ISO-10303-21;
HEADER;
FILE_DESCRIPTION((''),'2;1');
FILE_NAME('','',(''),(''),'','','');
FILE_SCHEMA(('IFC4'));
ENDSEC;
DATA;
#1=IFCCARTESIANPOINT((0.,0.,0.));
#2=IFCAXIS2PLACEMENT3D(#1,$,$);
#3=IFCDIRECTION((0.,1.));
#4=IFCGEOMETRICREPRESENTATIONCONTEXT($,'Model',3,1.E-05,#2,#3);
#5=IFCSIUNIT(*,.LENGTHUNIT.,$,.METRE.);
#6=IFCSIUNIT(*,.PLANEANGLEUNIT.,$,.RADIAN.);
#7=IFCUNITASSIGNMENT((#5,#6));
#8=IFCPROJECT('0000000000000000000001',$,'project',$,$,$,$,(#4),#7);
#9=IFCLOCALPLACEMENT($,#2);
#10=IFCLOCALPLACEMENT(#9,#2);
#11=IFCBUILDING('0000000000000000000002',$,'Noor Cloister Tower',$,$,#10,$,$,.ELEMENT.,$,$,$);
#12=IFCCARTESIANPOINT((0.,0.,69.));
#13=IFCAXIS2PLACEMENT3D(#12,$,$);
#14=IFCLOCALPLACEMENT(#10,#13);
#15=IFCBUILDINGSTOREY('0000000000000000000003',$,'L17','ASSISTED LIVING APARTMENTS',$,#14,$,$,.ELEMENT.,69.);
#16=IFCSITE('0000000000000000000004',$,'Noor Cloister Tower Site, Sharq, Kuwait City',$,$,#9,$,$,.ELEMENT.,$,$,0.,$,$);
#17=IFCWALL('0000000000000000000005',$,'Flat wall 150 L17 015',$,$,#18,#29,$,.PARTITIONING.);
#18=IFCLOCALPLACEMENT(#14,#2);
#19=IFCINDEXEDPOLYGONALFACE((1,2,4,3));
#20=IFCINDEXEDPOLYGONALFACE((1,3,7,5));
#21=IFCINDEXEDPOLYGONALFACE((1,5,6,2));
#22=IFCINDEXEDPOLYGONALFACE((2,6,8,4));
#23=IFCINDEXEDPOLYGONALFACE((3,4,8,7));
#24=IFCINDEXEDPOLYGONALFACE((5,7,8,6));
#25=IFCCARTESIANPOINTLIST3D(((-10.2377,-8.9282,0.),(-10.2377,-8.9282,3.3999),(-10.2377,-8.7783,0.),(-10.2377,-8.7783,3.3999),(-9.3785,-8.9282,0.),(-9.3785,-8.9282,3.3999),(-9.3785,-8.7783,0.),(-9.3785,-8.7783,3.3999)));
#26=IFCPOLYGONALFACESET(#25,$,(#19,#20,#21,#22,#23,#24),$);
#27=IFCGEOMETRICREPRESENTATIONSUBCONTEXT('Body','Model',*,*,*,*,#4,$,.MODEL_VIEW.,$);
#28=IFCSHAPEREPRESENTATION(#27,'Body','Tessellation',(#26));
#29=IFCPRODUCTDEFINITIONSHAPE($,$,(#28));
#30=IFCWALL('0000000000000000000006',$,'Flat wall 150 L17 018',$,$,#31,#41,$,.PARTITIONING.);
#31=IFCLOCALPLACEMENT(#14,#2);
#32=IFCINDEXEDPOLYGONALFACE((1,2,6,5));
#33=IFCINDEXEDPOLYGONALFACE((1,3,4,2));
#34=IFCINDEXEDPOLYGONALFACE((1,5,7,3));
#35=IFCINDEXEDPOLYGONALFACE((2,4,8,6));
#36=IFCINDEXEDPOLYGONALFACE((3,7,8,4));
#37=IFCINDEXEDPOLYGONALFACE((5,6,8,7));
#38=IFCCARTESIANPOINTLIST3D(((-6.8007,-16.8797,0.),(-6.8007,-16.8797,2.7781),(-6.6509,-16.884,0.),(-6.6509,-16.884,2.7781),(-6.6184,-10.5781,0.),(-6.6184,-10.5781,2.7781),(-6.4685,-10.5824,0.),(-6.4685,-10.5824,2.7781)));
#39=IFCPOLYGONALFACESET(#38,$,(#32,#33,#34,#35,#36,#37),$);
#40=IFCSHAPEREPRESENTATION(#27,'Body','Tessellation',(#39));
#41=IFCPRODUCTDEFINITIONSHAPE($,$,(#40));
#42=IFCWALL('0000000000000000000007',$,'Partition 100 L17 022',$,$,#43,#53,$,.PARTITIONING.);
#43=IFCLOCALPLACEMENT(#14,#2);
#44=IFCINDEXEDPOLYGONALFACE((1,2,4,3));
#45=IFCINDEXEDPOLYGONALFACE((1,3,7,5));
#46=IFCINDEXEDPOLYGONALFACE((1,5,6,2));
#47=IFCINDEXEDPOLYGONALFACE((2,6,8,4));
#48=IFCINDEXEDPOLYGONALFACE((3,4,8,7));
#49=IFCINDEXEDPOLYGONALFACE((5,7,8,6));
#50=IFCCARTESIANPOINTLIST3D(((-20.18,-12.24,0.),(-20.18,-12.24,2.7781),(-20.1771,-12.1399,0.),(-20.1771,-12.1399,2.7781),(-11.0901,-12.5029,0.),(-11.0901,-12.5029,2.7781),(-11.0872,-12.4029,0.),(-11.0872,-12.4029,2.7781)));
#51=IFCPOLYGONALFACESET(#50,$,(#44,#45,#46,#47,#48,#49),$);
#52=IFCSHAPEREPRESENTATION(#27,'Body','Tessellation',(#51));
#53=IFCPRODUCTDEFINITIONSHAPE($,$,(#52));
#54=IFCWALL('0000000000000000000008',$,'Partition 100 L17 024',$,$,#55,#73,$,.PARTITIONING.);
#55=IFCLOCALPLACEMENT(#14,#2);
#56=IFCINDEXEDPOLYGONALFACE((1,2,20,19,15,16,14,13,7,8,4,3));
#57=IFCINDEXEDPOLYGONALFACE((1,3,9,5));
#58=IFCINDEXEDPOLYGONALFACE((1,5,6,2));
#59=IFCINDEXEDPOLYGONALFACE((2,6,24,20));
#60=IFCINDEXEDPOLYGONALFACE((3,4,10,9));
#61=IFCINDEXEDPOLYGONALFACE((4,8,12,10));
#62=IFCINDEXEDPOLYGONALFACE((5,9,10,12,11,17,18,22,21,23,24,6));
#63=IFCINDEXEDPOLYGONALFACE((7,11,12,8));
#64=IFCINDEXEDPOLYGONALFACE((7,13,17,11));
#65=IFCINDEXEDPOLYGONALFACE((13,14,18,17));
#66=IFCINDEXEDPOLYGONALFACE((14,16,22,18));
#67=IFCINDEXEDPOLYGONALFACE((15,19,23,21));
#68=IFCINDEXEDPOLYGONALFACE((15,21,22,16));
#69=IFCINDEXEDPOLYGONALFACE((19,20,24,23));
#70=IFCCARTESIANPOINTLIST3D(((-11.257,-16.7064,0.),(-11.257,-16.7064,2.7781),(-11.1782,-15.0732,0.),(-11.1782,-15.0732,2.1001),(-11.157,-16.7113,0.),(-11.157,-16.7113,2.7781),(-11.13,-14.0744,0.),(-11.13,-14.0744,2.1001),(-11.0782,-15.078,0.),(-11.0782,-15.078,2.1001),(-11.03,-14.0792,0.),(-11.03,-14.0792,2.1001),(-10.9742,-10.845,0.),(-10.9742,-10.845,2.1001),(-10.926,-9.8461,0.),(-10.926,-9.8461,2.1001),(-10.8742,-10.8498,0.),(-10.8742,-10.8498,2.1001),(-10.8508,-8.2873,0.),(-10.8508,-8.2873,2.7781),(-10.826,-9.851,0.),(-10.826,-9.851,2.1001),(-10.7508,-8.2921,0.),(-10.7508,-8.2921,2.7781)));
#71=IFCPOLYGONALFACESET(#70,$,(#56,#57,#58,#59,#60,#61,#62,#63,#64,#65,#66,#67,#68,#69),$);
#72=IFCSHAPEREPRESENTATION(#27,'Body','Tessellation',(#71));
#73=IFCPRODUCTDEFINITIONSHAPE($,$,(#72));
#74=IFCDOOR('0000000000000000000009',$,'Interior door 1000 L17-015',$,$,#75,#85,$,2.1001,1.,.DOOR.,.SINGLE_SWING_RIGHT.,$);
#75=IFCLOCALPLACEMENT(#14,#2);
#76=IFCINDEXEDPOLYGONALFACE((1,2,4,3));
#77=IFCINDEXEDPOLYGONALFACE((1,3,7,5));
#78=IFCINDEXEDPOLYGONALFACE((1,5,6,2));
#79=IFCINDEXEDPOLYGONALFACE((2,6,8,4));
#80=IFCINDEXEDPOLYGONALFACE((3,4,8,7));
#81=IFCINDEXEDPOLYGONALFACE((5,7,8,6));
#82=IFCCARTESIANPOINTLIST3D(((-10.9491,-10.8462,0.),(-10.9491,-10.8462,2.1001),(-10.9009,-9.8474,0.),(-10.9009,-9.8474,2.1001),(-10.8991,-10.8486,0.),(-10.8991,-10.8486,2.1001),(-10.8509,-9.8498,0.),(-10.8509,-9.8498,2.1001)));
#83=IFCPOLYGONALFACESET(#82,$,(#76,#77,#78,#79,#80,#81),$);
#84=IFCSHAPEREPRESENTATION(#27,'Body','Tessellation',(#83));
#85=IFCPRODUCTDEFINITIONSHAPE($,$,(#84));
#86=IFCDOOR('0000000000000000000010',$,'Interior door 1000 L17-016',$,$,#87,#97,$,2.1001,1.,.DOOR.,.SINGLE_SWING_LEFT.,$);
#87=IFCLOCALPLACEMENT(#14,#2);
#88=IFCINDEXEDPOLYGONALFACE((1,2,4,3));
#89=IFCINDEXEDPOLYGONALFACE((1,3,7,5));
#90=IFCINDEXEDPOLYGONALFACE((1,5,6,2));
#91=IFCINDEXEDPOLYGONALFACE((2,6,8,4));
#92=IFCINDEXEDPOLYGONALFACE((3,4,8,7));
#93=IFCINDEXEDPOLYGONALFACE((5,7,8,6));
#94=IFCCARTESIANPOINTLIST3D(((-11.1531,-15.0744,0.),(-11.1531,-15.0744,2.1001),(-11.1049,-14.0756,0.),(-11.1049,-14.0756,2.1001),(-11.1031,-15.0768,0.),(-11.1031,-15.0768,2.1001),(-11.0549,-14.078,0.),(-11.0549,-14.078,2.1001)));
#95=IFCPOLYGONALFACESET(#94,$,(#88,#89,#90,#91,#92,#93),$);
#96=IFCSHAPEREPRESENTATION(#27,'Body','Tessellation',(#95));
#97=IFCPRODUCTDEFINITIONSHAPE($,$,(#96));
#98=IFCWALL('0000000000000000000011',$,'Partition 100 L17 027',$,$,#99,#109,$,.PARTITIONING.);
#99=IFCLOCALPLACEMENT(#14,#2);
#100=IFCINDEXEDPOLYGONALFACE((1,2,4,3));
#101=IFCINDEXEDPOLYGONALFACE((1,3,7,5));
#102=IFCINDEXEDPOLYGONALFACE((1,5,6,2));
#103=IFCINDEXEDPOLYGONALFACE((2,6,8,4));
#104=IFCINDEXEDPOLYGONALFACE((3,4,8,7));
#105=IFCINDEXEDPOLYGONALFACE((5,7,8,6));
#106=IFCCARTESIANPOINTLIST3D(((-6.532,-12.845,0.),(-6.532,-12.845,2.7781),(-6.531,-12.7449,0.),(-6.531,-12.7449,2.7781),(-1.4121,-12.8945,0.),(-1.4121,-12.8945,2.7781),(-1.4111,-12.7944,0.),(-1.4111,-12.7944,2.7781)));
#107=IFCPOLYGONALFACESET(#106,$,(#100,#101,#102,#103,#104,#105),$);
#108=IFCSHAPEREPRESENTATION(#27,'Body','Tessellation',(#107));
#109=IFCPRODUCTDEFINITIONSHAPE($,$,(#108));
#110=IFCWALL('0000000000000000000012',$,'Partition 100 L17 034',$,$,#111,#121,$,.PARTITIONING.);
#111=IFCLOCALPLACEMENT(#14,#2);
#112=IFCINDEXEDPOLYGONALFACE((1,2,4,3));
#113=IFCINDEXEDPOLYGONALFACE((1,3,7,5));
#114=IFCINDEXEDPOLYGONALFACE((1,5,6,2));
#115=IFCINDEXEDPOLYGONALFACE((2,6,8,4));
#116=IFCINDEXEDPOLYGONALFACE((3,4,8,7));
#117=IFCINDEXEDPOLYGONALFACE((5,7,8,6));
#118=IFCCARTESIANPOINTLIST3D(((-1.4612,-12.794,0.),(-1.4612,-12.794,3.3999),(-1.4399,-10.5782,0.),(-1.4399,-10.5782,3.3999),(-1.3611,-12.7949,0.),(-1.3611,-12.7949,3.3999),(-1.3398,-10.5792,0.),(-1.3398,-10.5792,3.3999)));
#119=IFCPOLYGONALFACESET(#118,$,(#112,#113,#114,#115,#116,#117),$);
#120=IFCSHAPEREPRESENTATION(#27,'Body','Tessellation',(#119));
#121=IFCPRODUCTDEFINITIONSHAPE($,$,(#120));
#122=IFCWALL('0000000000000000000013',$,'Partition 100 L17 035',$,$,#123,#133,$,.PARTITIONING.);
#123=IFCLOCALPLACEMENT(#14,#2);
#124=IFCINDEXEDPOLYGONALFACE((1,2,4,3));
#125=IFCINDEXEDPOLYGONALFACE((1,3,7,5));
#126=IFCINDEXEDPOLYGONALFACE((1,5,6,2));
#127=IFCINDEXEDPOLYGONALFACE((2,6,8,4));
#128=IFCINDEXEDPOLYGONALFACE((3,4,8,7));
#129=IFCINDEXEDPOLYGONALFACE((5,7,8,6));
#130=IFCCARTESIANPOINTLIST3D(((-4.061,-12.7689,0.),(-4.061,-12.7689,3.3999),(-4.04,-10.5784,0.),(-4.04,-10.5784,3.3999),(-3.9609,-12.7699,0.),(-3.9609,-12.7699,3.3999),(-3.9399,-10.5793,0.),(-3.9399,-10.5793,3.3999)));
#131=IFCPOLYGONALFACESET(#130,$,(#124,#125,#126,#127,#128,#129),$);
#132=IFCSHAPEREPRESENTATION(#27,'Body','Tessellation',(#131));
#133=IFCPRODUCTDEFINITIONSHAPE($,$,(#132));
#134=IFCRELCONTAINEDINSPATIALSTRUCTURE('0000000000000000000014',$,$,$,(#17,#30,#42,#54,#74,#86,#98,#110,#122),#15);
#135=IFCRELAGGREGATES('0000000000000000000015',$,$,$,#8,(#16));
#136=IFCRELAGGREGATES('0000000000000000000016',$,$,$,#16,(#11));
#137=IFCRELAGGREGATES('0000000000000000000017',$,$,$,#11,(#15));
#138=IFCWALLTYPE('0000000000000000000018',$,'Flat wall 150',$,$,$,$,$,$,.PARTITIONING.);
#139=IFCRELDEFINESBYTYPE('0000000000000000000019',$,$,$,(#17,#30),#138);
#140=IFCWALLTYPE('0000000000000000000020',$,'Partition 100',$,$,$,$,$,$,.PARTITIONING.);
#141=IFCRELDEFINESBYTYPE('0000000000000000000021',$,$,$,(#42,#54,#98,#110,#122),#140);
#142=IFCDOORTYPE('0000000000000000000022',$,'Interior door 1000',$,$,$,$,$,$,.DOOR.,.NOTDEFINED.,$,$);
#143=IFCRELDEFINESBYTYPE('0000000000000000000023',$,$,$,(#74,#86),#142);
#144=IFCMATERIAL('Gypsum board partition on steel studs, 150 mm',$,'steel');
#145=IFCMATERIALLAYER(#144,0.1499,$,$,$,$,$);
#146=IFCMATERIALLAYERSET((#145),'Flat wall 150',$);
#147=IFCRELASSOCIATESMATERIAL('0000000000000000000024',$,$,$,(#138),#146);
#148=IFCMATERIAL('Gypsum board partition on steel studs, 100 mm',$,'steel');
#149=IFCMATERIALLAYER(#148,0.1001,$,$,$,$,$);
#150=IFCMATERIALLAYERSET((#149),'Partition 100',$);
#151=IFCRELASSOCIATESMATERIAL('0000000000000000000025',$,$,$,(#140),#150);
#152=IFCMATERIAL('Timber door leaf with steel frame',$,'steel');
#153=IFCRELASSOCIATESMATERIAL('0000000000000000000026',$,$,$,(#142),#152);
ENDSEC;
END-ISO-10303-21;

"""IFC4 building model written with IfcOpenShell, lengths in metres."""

from ifc_helpers import new_model, si_unit, direction, frame, frame_2d, origin, place, context, subcontext, project, spatial, rectangle, extrude, material, layer, layer_set, type_object, element, fill, save


model = new_model("IFC4")

# Units and contexts
model_context = context("Model", 3, precision=1e-05, world=origin(), true_north=direction((0.0, 1.0)))
body_context = subcontext(model_context, "Body", "Model", "MODEL_VIEW")
ifc_project = project(units=[si_unit("LENGTHUNIT", "METRE"), si_unit("PLANEANGLEUNIT", "RADIAN")], contexts=[model_context])

# Site, building, storey
site_placement = place(None, origin())
site = spatial("IfcSite", under=ifc_project, at=site_placement, Name="Noor Cloister Tower Site, Sharq, Kuwait City", CompositionType="ELEMENT", RefElevation=0.0)
building_placement = place(site_placement, origin())
building = spatial("IfcBuilding", under=site, at=building_placement, Name="Noor Cloister Tower", CompositionType="ELEMENT")
storey_placement = place(building_placement, frame((0.0, 0.0, 69.0)))
storey = spatial("IfcBuildingStorey", under=building, at=storey_placement, Name="L17", Description="ASSISTED LIVING APARTMENTS", CompositionType="ELEMENT", Elevation=69.0)

# Walls
ifc_material_1 = material(Name="Gypsum board partition on steel studs, 150 mm", Category="steel")
ifc_layer_1 = layer(ifc_material_1, 0.1499)
ifc_layer_set_1 = layer_set([ifc_layer_1], Name="Flat wall 150")
wall_type_1 = type_object("IfcWallType", Name="Flat wall 150", PredefinedType="PARTITIONING", material=ifc_layer_set_1)
wall_1_placement = place(storey_placement, frame((-10.2378, -8.8533, 0.0), z_axis=(0.0, 0.0, 1.0), x_axis=(1.0, 0.0, 0.0)))
element("IfcWall", 1, at=wall_1_placement, inside=storey, type_object=wall_type_1, Name="Flat wall 150 L17 015", PredefinedType="PARTITIONING", context=body_context, shape_type="SweptSolid", body=[
    extrude(rectangle(XDim=0.8591, YDim=0.1499, at=frame_2d((0.4297, 0.0))), origin(), (0.0, 0.0, 1.0), 3.3999),
])
wall_2_placement = place(storey_placement, frame((-6.7258, -16.8818, 0.0), z_axis=(0.0, 0.0, 1.0), x_axis=(0.028929, 0.999581, 0.0)))
element("IfcWall", 2, at=wall_2_placement, inside=storey, type_object=wall_type_1, Name="Flat wall 150 L17 018", PredefinedType="PARTITIONING", context=body_context, shape_type="SweptSolid", body=[
    extrude(rectangle(XDim=6.3042, YDim=0.1499, at=frame_2d((3.1521, 0.0))), origin(), (0.0, 0.0, 1.0), 2.7781),
])
ifc_material_2 = material(Name="Gypsum board partition on steel studs, 100 mm", Category="steel")
ifc_layer_2 = layer(ifc_material_2, 0.1001)
ifc_layer_set_2 = layer_set([ifc_layer_2], Name="Partition 100")
wall_type_2 = type_object("IfcWallType", Name="Partition 100", PredefinedType="PARTITIONING", material=ifc_layer_set_2)
wall_3_placement = place(storey_placement, frame((-11.0886, -12.4529, 0.0), z_axis=(0.0, 0.0, 1.0), x_axis=(-0.999582, 0.028915, 0.0)))
element("IfcWall", 3, at=wall_3_placement, inside=storey, type_object=wall_type_2, Name="Partition 100 L17 022", PredefinedType="PARTITIONING", context=body_context, shape_type="SweptSolid", body=[
    extrude(rectangle(XDim=9.0938, YDim=0.1001, at=frame_2d((4.5469, 0.0))), origin(), (0.0, 0.0, 1.0), 2.7781),
])

# Wall, openings, doors
wall_4_placement = place(storey_placement, frame((-11.207, -16.7087, 0.0), z_axis=(0.0, 0.0, 1.0), x_axis=(0.048197, 0.998838, 0.0)))
wall_4 = element("IfcWall", 4, at=wall_4_placement, inside=storey, type_object=wall_type_2, Name="Partition 100 L17 024", PredefinedType="PARTITIONING", context=body_context, shape_type="SweptSolid", body=[
    extrude(rectangle(XDim=8.429, YDim=0.1001, at=frame_2d((4.2144, 0.0))), origin(), (0.0, 0.0, 1.0), 2.7781),
])
opening_1_placement = place(wall_4_placement, frame((5.8682, 0.0, 0.0)))
opening_1 = element("IfcOpeningElement", 5, at=opening_1_placement, cuts=wall_4, PredefinedType="OPENING", context=body_context, shape_type="SweptSolid", body=[
    extrude(rectangle(XDim=1.0, YDim=2.1001, at=frame_2d((0.5, 1.05))), frame((0.0, 0.0601, 0.0), z_axis=(0.0, -1.0, 0.0), x_axis=(1.0, 0.0, 0.0)), (0.0, 0.0, 1.0), 0.1201),
])
opening_2_placement = place(wall_4_placement, frame((1.635, 0.0, 0.0)))
opening_2 = element("IfcOpeningElement", 6, at=opening_2_placement, cuts=wall_4, PredefinedType="OPENING", context=body_context, shape_type="SweptSolid", body=[
    extrude(rectangle(XDim=1.0, YDim=2.1001, at=frame_2d((0.5, 1.05))), frame((0.0, 0.0601, 0.0), z_axis=(0.0, -1.0, 0.0), x_axis=(1.0, 0.0, 0.0)), (0.0, 0.0, 1.0), 0.1201),
])
ifc_material_3 = material(Name="Timber door leaf with steel frame", Category="steel")
door_type_1 = type_object("IfcDoorType", Name="Interior door 1000", OperationType="NOTDEFINED", PredefinedType="DOOR", material=ifc_material_3)
door_1_placement = place(opening_1_placement, origin())
door_1 = element("IfcDoor", 7, at=door_1_placement, inside=storey, type_object=door_type_1, Name="Interior door 1000 L17-015", OperationType="SINGLE_SWING_RIGHT", OverallHeight=2.1001, OverallWidth=1.0, PredefinedType="DOOR", context=body_context, shape_type="SweptSolid", body=[
    extrude(rectangle(XDim=1.0, YDim=2.1001, at=frame_2d((0.5, 1.05))), frame((0.0, 0.0249, 0.0), z_axis=(0.0, -1.0, 0.0), x_axis=(1.0, 0.0, 0.0)), (0.0, 0.0, 1.0), 0.05),
])
fill(opening_1, door_1)
door_2_placement = place(opening_2_placement, origin())
door_2 = element("IfcDoor", 8, at=door_2_placement, inside=storey, type_object=door_type_1, Name="Interior door 1000 L17-016", OperationType="SINGLE_SWING_LEFT", OverallHeight=2.1001, OverallWidth=1.0, PredefinedType="DOOR", context=body_context, shape_type="SweptSolid", body=[
    extrude(rectangle(XDim=1.0, YDim=2.1001, at=frame_2d((0.5, 1.05))), frame((0.0, 0.0249, 0.0), z_axis=(0.0, -1.0, 0.0), x_axis=(1.0, 0.0, 0.0)), (0.0, 0.0, 1.0), 0.05),
])
fill(opening_2, door_2)

# Walls
wall_5_placement = place(storey_placement, frame((-6.5315, -12.7949, 0.0), z_axis=(0.0, 0.0, 1.0), x_axis=(0.999953, -0.00968, 0.0)))
element("IfcWall", 9, at=wall_5_placement, inside=storey, type_object=wall_type_2, Name="Partition 100 L17 027", PredefinedType="PARTITIONING", context=body_context, shape_type="SweptSolid", body=[
    extrude(rectangle(XDim=5.1201, YDim=0.1001, at=frame_2d((2.5601, 0.0))), origin(), (0.0, 0.0, 1.0), 2.7781),
])
wall_6_placement = place(storey_placement, frame((-1.4111, -12.7944, 0.0), z_axis=(0.0, 0.0, 1.0), x_axis=(0.009585, 0.999954, 0.0)))
element("IfcWall", 10, at=wall_6_placement, inside=storey, type_object=wall_type_2, Name="Partition 100 L17 034", PredefinedType="PARTITIONING", context=body_context, shape_type="SweptSolid", body=[
    extrude(rectangle(XDim=2.2158, YDim=0.1001, at=frame_2d((1.1079, 0.0))), origin(), (0.0, 0.0, 1.0), 3.3999),
])
wall_7_placement = place(storey_placement, frame((-4.011, -12.7693, 0.0), z_axis=(0.0, 0.0, 1.0), x_axis=(0.009584, 0.999954, 0.0)))
element("IfcWall", 11, at=wall_7_placement, inside=storey, type_object=wall_type_2, Name="Partition 100 L17 035", PredefinedType="PARTITIONING", context=body_context, shape_type="SweptSolid", body=[
    extrude(rectangle(XDim=2.1907, YDim=0.1001, at=frame_2d((1.0952, 0.0))), origin(), (0.0, 0.0, 1.0), 3.3999),
])

save(model, "model.ifc")
